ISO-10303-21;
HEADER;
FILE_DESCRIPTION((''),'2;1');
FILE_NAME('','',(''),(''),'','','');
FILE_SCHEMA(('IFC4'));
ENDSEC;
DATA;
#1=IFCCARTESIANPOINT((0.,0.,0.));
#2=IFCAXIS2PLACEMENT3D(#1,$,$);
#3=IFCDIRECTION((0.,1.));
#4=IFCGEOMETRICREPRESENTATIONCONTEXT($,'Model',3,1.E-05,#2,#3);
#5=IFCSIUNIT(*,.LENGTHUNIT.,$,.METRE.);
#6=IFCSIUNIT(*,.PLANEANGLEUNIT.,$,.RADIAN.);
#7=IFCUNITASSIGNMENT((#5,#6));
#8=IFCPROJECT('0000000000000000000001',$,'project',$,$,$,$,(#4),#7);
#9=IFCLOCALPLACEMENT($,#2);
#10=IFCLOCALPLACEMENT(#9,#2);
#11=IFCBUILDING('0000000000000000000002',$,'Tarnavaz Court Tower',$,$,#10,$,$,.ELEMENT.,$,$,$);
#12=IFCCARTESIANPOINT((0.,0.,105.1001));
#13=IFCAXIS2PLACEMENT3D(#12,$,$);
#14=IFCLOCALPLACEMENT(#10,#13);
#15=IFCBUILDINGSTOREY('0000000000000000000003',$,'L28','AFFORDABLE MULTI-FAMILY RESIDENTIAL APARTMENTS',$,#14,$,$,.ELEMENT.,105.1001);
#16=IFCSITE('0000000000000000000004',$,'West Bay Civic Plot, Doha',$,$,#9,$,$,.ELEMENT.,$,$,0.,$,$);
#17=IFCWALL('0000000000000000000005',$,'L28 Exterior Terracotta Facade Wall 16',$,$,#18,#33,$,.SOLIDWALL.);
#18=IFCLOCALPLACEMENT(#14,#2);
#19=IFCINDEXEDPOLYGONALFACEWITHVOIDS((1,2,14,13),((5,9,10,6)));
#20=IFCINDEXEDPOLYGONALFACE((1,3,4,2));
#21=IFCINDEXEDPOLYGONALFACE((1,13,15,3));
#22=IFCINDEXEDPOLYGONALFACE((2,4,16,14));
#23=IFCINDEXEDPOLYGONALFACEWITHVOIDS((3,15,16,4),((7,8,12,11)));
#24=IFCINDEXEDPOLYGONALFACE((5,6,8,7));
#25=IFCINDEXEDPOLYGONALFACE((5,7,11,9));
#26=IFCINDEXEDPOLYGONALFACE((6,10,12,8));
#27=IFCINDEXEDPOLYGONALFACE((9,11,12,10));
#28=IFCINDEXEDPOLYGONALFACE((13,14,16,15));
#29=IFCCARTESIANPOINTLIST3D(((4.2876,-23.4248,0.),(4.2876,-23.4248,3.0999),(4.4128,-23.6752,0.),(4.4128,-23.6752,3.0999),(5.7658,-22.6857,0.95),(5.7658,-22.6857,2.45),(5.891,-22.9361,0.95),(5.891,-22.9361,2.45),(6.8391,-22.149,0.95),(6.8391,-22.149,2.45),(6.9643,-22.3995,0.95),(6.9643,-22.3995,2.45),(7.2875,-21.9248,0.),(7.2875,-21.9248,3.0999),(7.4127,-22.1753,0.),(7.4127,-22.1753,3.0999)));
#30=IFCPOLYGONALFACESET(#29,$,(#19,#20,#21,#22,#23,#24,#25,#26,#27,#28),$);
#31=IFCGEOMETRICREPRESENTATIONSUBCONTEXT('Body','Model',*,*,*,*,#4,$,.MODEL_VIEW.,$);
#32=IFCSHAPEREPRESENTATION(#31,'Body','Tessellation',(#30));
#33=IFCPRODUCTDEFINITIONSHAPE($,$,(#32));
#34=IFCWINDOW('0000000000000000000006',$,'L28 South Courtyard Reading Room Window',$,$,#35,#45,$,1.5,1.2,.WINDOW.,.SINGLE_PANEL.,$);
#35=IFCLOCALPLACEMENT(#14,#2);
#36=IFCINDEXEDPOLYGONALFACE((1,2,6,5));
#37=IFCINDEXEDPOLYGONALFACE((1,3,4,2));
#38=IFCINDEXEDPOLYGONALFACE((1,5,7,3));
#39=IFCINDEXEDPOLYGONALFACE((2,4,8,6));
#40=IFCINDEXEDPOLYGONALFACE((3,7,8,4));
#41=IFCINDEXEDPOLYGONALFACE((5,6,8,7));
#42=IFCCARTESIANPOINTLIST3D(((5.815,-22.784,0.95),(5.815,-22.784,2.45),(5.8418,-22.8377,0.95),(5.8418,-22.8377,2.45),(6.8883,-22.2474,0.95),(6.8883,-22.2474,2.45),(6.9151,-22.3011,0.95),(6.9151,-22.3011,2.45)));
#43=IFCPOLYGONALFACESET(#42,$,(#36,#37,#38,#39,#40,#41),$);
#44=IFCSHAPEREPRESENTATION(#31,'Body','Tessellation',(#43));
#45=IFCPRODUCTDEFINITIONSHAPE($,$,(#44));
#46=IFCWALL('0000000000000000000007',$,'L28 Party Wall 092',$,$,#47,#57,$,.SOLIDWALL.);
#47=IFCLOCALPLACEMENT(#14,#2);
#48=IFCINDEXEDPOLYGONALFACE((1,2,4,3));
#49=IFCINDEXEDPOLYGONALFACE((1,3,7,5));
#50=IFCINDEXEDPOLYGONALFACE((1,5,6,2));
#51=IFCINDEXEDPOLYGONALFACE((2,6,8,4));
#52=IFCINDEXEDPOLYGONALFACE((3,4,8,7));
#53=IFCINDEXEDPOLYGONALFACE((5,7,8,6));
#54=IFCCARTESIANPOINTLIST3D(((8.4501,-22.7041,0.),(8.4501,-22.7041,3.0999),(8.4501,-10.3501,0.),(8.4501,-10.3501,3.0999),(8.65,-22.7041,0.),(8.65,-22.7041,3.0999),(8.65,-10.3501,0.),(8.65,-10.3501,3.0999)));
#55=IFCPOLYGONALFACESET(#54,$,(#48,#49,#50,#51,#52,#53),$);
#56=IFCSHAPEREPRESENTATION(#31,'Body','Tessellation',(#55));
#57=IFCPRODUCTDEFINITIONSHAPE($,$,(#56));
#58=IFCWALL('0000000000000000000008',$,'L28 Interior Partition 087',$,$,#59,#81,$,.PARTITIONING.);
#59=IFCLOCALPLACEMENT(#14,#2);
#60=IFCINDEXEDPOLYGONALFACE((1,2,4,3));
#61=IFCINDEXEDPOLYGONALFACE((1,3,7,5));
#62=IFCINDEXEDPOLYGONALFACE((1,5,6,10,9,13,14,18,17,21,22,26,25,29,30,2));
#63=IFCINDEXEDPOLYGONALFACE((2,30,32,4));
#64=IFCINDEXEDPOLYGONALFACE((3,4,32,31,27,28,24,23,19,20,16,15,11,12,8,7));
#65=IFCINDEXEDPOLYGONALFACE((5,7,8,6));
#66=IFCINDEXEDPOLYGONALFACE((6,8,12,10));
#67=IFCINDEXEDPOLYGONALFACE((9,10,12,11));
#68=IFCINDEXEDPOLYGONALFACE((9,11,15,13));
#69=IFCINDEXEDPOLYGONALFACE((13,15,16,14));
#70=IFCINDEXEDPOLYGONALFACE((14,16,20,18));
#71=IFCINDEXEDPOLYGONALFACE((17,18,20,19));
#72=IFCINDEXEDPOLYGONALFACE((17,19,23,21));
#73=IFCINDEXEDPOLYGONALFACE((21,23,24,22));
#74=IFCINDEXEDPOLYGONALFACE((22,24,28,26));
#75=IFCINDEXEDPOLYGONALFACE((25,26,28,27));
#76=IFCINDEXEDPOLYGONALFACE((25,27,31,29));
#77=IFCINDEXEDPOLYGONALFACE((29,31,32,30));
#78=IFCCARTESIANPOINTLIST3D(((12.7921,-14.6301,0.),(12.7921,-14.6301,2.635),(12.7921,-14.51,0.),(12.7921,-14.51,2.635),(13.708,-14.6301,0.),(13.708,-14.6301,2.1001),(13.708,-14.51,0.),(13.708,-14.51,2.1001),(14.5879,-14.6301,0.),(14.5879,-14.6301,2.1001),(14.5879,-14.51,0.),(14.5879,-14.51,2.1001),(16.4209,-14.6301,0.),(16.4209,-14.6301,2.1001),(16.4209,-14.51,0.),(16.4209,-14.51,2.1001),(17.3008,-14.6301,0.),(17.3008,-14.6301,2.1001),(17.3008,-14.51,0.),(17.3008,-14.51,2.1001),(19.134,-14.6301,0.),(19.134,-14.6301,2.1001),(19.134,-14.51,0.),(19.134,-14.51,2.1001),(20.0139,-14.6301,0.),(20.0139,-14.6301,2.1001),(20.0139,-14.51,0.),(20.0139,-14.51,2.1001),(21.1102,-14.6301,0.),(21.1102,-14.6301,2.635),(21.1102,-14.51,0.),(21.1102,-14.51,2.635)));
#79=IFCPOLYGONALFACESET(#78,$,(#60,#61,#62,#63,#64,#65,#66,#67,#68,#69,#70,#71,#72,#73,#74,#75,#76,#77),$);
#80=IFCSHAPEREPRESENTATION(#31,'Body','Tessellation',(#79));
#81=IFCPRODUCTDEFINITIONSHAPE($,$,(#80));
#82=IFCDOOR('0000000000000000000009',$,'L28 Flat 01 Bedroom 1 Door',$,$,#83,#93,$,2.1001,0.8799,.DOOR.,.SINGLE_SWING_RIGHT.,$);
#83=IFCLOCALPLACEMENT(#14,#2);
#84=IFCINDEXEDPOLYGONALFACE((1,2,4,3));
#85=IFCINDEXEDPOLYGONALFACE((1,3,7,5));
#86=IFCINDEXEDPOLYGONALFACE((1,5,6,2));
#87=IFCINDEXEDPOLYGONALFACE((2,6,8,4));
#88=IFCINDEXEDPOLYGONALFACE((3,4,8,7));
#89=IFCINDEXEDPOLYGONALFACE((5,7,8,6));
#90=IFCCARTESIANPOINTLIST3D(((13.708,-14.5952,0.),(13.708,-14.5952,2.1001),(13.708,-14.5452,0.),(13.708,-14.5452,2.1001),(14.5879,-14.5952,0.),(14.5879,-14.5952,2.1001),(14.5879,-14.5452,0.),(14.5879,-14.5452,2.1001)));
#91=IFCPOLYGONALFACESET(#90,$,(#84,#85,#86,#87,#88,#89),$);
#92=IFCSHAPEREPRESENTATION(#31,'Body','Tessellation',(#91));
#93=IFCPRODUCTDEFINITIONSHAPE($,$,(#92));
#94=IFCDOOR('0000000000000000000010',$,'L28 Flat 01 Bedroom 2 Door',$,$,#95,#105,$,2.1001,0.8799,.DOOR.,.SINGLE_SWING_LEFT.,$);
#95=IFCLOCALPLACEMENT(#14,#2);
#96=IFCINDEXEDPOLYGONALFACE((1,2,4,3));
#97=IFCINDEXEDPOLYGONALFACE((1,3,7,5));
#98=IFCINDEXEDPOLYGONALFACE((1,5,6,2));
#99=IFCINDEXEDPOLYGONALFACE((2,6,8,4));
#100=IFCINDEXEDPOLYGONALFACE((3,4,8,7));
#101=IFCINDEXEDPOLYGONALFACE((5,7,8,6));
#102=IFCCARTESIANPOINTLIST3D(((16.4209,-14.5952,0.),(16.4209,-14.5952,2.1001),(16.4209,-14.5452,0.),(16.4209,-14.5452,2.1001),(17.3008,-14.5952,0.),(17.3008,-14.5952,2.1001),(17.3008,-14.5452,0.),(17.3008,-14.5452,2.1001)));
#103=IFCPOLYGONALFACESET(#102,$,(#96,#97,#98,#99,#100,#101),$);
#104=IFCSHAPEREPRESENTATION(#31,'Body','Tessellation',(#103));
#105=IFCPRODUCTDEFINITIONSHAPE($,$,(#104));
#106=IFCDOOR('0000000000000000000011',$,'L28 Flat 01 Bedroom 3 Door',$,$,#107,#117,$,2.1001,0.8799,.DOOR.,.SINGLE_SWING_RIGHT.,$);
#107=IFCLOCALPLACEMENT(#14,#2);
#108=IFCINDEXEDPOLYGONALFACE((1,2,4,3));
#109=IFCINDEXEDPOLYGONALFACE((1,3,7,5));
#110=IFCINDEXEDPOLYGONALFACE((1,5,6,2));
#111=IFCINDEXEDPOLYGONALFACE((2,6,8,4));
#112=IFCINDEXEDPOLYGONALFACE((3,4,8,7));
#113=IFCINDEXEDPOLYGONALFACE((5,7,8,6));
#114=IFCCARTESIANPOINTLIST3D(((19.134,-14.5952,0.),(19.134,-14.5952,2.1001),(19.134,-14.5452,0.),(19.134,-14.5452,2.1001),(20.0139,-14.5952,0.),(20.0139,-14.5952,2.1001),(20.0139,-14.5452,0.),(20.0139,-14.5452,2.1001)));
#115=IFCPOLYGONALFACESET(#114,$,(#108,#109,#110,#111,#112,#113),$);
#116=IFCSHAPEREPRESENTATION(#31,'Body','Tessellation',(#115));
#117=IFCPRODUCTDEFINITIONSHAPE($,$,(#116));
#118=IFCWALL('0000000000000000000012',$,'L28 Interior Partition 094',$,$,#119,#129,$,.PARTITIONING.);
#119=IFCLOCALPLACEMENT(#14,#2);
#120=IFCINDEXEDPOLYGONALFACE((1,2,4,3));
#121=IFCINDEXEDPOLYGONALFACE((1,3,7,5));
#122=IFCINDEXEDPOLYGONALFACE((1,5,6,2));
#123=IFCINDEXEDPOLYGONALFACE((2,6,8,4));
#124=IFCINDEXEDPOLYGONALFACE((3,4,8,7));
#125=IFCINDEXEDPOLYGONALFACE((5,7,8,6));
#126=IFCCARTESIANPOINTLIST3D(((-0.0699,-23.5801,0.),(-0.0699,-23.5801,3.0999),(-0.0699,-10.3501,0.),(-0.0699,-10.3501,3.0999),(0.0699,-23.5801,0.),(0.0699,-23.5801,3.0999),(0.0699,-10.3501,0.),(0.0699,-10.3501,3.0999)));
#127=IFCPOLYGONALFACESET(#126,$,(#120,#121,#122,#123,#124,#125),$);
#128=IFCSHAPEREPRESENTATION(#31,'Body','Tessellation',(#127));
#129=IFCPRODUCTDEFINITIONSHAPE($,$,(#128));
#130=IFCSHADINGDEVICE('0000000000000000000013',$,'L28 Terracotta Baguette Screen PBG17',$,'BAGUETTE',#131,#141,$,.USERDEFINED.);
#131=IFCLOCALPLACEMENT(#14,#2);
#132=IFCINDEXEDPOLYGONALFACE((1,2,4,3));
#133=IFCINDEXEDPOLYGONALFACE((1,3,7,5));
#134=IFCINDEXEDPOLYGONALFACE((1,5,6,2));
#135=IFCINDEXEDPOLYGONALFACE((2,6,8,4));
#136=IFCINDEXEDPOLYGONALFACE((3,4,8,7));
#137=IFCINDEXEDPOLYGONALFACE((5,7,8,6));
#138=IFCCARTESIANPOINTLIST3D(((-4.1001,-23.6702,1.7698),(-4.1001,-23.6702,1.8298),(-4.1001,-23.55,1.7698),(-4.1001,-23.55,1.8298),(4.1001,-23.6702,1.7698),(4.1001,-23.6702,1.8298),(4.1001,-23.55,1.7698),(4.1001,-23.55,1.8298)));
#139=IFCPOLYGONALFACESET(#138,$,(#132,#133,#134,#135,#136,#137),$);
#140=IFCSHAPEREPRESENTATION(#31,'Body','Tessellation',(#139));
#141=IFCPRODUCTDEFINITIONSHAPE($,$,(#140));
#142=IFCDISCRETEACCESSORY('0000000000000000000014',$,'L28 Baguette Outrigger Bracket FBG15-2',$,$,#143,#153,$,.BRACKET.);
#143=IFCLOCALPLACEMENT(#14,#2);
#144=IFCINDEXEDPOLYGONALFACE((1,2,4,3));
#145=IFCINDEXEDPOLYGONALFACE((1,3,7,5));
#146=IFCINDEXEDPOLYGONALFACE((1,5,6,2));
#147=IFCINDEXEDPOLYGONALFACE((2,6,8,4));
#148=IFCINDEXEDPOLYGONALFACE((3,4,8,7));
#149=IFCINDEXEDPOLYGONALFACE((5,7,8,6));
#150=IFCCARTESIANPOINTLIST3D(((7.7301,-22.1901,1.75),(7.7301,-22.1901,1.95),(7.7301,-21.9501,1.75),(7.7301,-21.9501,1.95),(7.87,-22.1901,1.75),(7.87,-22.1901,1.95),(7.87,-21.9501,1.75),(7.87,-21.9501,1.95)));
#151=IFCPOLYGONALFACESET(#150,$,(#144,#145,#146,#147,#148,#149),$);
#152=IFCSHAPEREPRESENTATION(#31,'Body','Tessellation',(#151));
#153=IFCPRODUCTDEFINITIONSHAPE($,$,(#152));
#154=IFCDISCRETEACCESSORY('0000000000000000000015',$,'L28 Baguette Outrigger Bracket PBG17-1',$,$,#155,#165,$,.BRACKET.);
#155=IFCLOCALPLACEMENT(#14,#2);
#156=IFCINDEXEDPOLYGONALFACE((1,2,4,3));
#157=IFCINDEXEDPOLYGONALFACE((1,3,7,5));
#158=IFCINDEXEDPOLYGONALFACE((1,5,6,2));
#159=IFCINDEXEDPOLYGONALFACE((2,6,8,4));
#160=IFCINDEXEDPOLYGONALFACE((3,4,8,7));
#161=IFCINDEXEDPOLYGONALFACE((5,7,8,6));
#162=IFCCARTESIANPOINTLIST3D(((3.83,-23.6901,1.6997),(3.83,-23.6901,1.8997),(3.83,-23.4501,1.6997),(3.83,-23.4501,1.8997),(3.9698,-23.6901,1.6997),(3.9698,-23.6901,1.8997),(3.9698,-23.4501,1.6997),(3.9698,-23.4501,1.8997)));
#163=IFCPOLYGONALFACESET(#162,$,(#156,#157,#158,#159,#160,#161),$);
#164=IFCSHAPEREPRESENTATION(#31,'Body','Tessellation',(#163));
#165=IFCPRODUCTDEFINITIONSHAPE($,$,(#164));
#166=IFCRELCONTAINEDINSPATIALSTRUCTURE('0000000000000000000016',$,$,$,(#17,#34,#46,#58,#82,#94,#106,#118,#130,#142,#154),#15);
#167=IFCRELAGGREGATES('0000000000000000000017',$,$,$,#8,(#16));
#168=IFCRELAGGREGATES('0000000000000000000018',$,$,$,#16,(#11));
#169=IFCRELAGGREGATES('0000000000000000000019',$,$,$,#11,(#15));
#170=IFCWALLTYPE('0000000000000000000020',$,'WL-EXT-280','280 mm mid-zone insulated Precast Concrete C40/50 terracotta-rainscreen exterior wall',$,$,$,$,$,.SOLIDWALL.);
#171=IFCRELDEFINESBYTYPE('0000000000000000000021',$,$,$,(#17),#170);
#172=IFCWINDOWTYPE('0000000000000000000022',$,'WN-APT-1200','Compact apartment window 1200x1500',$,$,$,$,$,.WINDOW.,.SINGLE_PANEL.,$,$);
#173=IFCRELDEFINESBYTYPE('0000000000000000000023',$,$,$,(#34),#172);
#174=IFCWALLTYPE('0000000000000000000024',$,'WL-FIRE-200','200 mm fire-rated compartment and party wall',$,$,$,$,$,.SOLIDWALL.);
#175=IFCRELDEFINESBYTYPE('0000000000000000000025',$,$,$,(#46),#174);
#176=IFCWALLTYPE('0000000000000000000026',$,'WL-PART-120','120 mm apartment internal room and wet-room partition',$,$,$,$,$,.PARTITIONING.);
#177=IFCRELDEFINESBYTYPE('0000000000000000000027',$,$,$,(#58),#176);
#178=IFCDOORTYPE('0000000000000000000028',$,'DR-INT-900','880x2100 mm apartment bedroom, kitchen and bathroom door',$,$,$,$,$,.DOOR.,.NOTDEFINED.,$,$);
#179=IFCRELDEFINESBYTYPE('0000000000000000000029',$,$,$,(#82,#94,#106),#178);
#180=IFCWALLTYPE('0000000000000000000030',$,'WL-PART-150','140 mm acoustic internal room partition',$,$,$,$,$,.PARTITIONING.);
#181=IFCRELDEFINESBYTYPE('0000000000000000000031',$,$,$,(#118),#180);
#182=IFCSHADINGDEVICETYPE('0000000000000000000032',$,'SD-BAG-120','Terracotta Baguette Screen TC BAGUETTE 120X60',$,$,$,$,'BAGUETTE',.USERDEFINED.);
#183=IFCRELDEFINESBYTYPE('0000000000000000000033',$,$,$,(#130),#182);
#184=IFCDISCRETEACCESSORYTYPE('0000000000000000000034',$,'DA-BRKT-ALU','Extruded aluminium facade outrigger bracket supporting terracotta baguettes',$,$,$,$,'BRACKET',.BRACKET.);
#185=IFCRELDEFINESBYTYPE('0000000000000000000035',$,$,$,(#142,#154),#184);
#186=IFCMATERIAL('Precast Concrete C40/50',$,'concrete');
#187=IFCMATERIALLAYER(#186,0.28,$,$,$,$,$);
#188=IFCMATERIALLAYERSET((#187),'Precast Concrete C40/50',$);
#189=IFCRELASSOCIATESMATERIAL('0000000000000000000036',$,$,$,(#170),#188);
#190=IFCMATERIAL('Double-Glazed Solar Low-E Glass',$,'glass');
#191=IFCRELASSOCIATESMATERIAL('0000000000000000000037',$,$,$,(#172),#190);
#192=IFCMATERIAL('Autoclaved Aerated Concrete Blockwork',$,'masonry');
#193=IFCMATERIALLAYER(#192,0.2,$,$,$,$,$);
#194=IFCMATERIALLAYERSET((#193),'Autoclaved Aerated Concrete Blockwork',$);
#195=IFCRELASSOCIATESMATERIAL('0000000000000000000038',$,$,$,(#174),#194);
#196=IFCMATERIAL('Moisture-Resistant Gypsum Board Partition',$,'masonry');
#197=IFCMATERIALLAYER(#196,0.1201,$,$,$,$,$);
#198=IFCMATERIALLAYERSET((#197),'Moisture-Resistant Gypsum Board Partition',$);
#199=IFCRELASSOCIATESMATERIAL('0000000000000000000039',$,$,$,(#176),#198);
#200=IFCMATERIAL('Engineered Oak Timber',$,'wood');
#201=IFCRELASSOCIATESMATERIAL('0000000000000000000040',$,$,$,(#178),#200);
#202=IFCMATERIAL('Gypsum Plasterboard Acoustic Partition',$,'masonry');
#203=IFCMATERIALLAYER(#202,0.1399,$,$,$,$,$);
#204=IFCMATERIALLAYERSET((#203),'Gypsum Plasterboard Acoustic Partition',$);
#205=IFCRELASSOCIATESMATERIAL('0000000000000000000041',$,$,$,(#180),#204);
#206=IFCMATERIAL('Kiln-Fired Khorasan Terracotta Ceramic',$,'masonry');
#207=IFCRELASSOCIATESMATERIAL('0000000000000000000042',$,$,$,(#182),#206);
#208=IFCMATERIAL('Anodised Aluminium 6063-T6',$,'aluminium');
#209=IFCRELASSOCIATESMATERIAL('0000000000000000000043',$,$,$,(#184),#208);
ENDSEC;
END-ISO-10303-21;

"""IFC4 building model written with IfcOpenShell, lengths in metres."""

from ifc_helpers import new_model, si_unit, direction, frame, frame_2d, origin, origin_2d, place, context, subcontext, project, spatial, rectangle, extrude, material, layer, layer_set, material_profile, profile_set, type_object, element, fill, save


model = new_model("IFC4")

# Units and contexts
model_context = context("Model", 3, precision=1e-05, world=origin(), true_north=direction((0.0, 1.0)))
body_context = subcontext(model_context, "Body", "Model", "MODEL_VIEW")
ifc_project = project(units=[si_unit("LENGTHUNIT", "METRE"), si_unit("PLANEANGLEUNIT", "RADIAN")], contexts=[model_context])

# Site, building, storey
site_placement = place(None, origin())
site = spatial("IfcSite", under=ifc_project, at=site_placement, Name="West Bay Civic Plot, Doha", CompositionType="ELEMENT", RefElevation=0.0)
building_placement = place(site_placement, origin())
building = spatial("IfcBuilding", under=site, at=building_placement, Name="Tarnavaz Court Tower", CompositionType="ELEMENT")
storey_placement = place(building_placement, frame((0.0, 0.0, 105.1001)))
storey = spatial("IfcBuildingStorey", under=building, at=storey_placement, Name="L28", Description="AFFORDABLE MULTI-FAMILY RESIDENTIAL APARTMENTS", CompositionType="ELEMENT", Elevation=105.1001)

# Shared definitions
ifc_material_1 = material(Name="Anodised Aluminium 6063-T6", Category="aluminium")
ifc_material_2 = material(Name="Double-Glazed Solar Low-E Glass", Category="glass")

# Wall, opening, window
ifc_material_3 = material(Name="Precast Concrete C40/50", Category="concrete")
ifc_layer_1 = layer(ifc_material_3, 0.28)
ifc_layer_set_1 = layer_set([ifc_layer_1], Name="Precast Concrete C40/50")
wall_type_1 = type_object("IfcWallType", Name="WL-EXT-280", Description="280 mm mid-zone insulated Precast Concrete C40/50 terracotta-rainscreen exterior wall", PredefinedType="SOLIDWALL", material=ifc_layer_set_1)
wall_1_placement = place(storey_placement, frame((7.3501, -22.05, 0.0), z_axis=(0.0, 0.0, 1.0), x_axis=(-0.894427, -0.447214, 0.0)))
wall_1 = element("IfcWall", 1, at=wall_1_placement, inside=storey, type_object=wall_type_1, Name="L28 Exterior Terracotta Facade Wall 16", PredefinedType="SOLIDWALL", context=body_context, shape_type="SweptSolid", body=[
    extrude(rectangle(XDim=3.354, YDim=0.28, at=frame_2d((1.677, 0.0))), origin(), (0.0, 0.0, 1.0), 3.0999),
])
opening_1_placement = place(wall_1_placement, frame((0.5012, 0.0, 0.95)))
opening_1 = element("IfcOpeningElement", 2, at=opening_1_placement, cuts=wall_1, PredefinedType="OPENING", context=body_context, shape_type="SweptSolid", body=[
    extrude(rectangle(XDim=1.2, YDim=1.5, at=frame_2d((0.6001, 0.75))), frame((0.0, 0.1499, 0.0), z_axis=(0.0, -1.0, 0.0), x_axis=(1.0, 0.0, 0.0)), (0.0, 0.0, 1.0), 0.3),
])
window_type = type_object("IfcWindowType", Name="WN-APT-1200", Description="Compact apartment window 1200x1500", PartitioningType="SINGLE_PANEL", PredefinedType="WINDOW", material=ifc_material_2)
window_placement = place(opening_1_placement, origin())
window = element("IfcWindow", 3, at=window_placement, inside=storey, type_object=window_type, Name="L28 South Courtyard Reading Room Window", OverallHeight=1.5, OverallWidth=1.2, PartitioningType="SINGLE_PANEL", PredefinedType="WINDOW", context=body_context, shape_type="SweptSolid", body=[
    extrude(rectangle(XDim=1.2, YDim=1.5, at=frame_2d((0.6001, 0.75))), frame((0.0, 0.03, 0.0), z_axis=(0.0, -1.0, 0.0), x_axis=(1.0, 0.0, 0.0)), (0.0, 0.0, 1.0), 0.0601),
])
fill(opening_1, window)

# Wall
ifc_material_4 = material(Name="Autoclaved Aerated Concrete Blockwork", Category="masonry")
ifc_layer_2 = layer(ifc_material_4, 0.2)
ifc_layer_set_2 = layer_set([ifc_layer_2], Name="Autoclaved Aerated Concrete Blockwork")
wall_type_2 = type_object("IfcWallType", Name="WL-FIRE-200", Description="200 mm fire-rated compartment and party wall", PredefinedType="SOLIDWALL", material=ifc_layer_set_2)
wall_2_placement = place(storey_placement, frame((8.55, -22.7041, 0.0), z_axis=(0.0, 0.0, 1.0), x_axis=(0.0, 1.0, 0.0)))
element("IfcWall", 4, at=wall_2_placement, inside=storey, type_object=wall_type_2, Name="L28 Party Wall 092", PredefinedType="SOLIDWALL", context=body_context, shape_type="SweptSolid", body=[
    extrude(rectangle(XDim=12.354, YDim=0.2, at=frame_2d((6.177, 0.0))), origin(), (0.0, 0.0, 1.0), 3.0999),
])

# Wall, openings, doors
ifc_material_5 = material(Name="Moisture-Resistant Gypsum Board Partition", Category="masonry")
ifc_layer_3 = layer(ifc_material_5, 0.1201)
ifc_layer_set_3 = layer_set([ifc_layer_3], Name="Moisture-Resistant Gypsum Board Partition")
wall_type_3 = type_object("IfcWallType", Name="WL-PART-120", Description="120 mm apartment internal room and wet-room partition", PredefinedType="PARTITIONING", material=ifc_layer_set_3)
wall_3_placement = place(storey_placement, frame((12.792, -14.5701, 0.0), z_axis=(0.0, 0.0, 1.0), x_axis=(1.0, 0.0, 0.0)))
wall_3 = element("IfcWall", 5, at=wall_3_placement, inside=storey, type_object=wall_type_3, Name="L28 Interior Partition 087", PredefinedType="PARTITIONING", context=body_context, shape_type="SweptSolid", body=[
    extrude(rectangle(XDim=8.3181, YDim=0.1201, at=frame_2d((4.1592, 0.0))), origin(), (0.0, 0.0, 1.0), 2.635),
])
opening_2_placement = place(wall_3_placement, frame((0.916, 0.0, 0.0)))
opening_2 = element("IfcOpeningElement", 6, at=opening_2_placement, cuts=wall_3, PredefinedType="OPENING", context=body_context, shape_type="SweptSolid", body=[
    extrude(rectangle(XDim=0.8799, YDim=2.1001, at=frame_2d((0.4399, 1.05))), frame((0.0, 0.0701, 0.0), z_axis=(0.0, -1.0, 0.0), x_axis=(1.0, 0.0, 0.0)), (0.0, 0.0, 1.0), 0.1401),
])
opening_3_placement = place(wall_3_placement, frame((3.6289, 0.0, 0.0)))
opening_3 = element("IfcOpeningElement", 7, at=opening_3_placement, cuts=wall_3, PredefinedType="OPENING", context=body_context, shape_type="SweptSolid", body=[
    extrude(rectangle(XDim=0.8799, YDim=2.1001, at=frame_2d((0.4399, 1.05))), frame((0.0, 0.0701, 0.0), z_axis=(0.0, -1.0, 0.0), x_axis=(1.0, 0.0, 0.0)), (0.0, 0.0, 1.0), 0.1401),
])
opening_4_placement = place(wall_3_placement, frame((6.342, 0.0, 0.0)))
opening_4 = element("IfcOpeningElement", 8, at=opening_4_placement, cuts=wall_3, PredefinedType="OPENING", context=body_context, shape_type="SweptSolid", body=[
    extrude(rectangle(XDim=0.8799, YDim=2.1001, at=frame_2d((0.4399, 1.05))), frame((0.0, 0.0701, 0.0), z_axis=(0.0, -1.0, 0.0), x_axis=(1.0, 0.0, 0.0)), (0.0, 0.0, 1.0), 0.1401),
])
ifc_material_6 = material(Name="Engineered Oak Timber", Category="wood")
door_type = type_object("IfcDoorType", Name="DR-INT-900", Description="880x2100 mm apartment bedroom, kitchen and bathroom door", OperationType="NOTDEFINED", PredefinedType="DOOR", material=ifc_material_6)
door_1_placement = place(opening_2_placement, origin())
door_1 = element("IfcDoor", 9, at=door_1_placement, inside=storey, type_object=door_type, Name="L28 Flat 01 Bedroom 1 Door", OperationType="SINGLE_SWING_RIGHT", OverallHeight=2.1001, OverallWidth=0.8799, PredefinedType="DOOR", context=body_context, shape_type="SweptSolid", body=[
    extrude(rectangle(XDim=0.8799, YDim=2.1001, at=frame_2d((0.4399, 1.05))), frame((0.0, 0.0249, 0.0), z_axis=(0.0, -1.0, 0.0), x_axis=(1.0, 0.0, 0.0)), (0.0, 0.0, 1.0), 0.05),
])
fill(opening_2, door_1)
door_2_placement = place(opening_3_placement, origin())
door_2 = element("IfcDoor", 10, at=door_2_placement, inside=storey, type_object=door_type, Name="L28 Flat 01 Bedroom 2 Door", OperationType="SINGLE_SWING_LEFT", OverallHeight=2.1001, OverallWidth=0.8799, PredefinedType="DOOR", context=body_context, shape_type="SweptSolid", body=[
    extrude(rectangle(XDim=0.8799, YDim=2.1001, at=frame_2d((0.4399, 1.05))), frame((0.0, 0.0249, 0.0), z_axis=(0.0, -1.0, 0.0), x_axis=(1.0, 0.0, 0.0)), (0.0, 0.0, 1.0), 0.05),
])
fill(opening_3, door_2)
door_3_placement = place(opening_4_placement, origin())
door_3 = element("IfcDoor", 11, at=door_3_placement, inside=storey, type_object=door_type, Name="L28 Flat 01 Bedroom 3 Door", OperationType="SINGLE_SWING_RIGHT", OverallHeight=2.1001, OverallWidth=0.8799, PredefinedType="DOOR", context=body_context, shape_type="SweptSolid", body=[
    extrude(rectangle(XDim=0.8799, YDim=2.1001, at=frame_2d((0.4399, 1.05))), frame((0.0, 0.0249, 0.0), z_axis=(0.0, -1.0, 0.0), x_axis=(1.0, 0.0, 0.0)), (0.0, 0.0, 1.0), 0.05),
])
fill(opening_4, door_3)

# Wall
ifc_material_7 = material(Name="Gypsum Plasterboard Acoustic Partition", Category="masonry")
ifc_layer_4 = layer(ifc_material_7, 0.1399)
ifc_layer_set_4 = layer_set([ifc_layer_4], Name="Gypsum Plasterboard Acoustic Partition")
wall_type_4 = type_object("IfcWallType", Name="WL-PART-150", Description="140 mm acoustic internal room partition", PredefinedType="PARTITIONING", material=ifc_layer_set_4)
wall_4_placement = place(storey_placement, frame((0.0, -23.5801, 0.0), z_axis=(0.0, 0.0, 1.0), x_axis=(0.0, 1.0, 0.0)))
element("IfcWall", 12, at=wall_4_placement, inside=storey, type_object=wall_type_4, Name="L28 Interior Partition 094", PredefinedType="PARTITIONING", context=body_context, shape_type="SweptSolid", body=[
    extrude(rectangle(XDim=13.23, YDim=0.1399, at=frame_2d((6.615, 0.0))), origin(), (0.0, 0.0, 1.0), 3.0999),
])

# Shading device
ifc_material_8 = material(Name="Kiln-Fired Khorasan Terracotta Ceramic", Category="masonry")
ifc_material_profile_1 = material_profile(ifc_material_8, rectangle(XDim=0.1201, YDim=0.0601, at=origin_2d()), Name="TC BAGUETTE 120X60")
ifc_profile_set_1 = profile_set([ifc_material_profile_1], Name="Kiln-Fired Khorasan Terracotta Ceramic")
shading_device_type = type_object("IfcShadingDeviceType", Name="SD-BAG-120", Description="Terracotta Baguette Screen TC BAGUETTE 120X60", ElementType="BAGUETTE", PredefinedType="USERDEFINED", material=ifc_profile_set_1)
shading_device_placement = place(storey_placement, frame((4.1001, -23.6101, 1.7998), z_axis=(-1.0, 0.0, 0.0), x_axis=(0.0, -1.0, 0.0)))
element("IfcShadingDevice", 13, at=shading_device_placement, inside=storey, type_object=shading_device_type, Name="L28 Terracotta Baguette Screen PBG17", ObjectType="BAGUETTE", PredefinedType="USERDEFINED", context=body_context, shape_type="SweptSolid", body=[
    extrude(rectangle(XDim=0.1201, YDim=0.0601, at=origin_2d()), origin(), (0.0, 0.0, 1.0), 8.2002),
])

# Discrete accessories
discrete_accessory_type = type_object("IfcDiscreteAccessoryType", Name="DA-BRKT-ALU", Description="Extruded aluminium facade outrigger bracket supporting terracotta baguettes", ElementType="BRACKET", PredefinedType="BRACKET", material=ifc_material_1)
for number, where, z_axis, x_axis, name in (
    (14, (7.8, -22.0701, 1.75), (0.0, 0.0, 1.0), (-1.0, 0.0, 0.0), "L28 Baguette Outrigger Bracket FBG15-2"),
    (15, (3.8999, -23.5701, 1.6997), (0.0, 0.0, 1.0), (-1.0, 0.0, 0.0), "L28 Baguette Outrigger Bracket PBG17-1"),
):
    element("IfcDiscreteAccessory", number, at=place(storey_placement, frame(where, z_axis=z_axis, x_axis=x_axis)), inside=storey, type_object=discrete_accessory_type, Name=name, PredefinedType="BRACKET", context=body_context, shape_type="SweptSolid", body=[
        extrude(rectangle(XDim=0.1399, YDim=0.24, at=origin_2d()), origin(), (0.0, 0.0, 1.0), 0.2),
    ])

save(model, "model.ifc")
